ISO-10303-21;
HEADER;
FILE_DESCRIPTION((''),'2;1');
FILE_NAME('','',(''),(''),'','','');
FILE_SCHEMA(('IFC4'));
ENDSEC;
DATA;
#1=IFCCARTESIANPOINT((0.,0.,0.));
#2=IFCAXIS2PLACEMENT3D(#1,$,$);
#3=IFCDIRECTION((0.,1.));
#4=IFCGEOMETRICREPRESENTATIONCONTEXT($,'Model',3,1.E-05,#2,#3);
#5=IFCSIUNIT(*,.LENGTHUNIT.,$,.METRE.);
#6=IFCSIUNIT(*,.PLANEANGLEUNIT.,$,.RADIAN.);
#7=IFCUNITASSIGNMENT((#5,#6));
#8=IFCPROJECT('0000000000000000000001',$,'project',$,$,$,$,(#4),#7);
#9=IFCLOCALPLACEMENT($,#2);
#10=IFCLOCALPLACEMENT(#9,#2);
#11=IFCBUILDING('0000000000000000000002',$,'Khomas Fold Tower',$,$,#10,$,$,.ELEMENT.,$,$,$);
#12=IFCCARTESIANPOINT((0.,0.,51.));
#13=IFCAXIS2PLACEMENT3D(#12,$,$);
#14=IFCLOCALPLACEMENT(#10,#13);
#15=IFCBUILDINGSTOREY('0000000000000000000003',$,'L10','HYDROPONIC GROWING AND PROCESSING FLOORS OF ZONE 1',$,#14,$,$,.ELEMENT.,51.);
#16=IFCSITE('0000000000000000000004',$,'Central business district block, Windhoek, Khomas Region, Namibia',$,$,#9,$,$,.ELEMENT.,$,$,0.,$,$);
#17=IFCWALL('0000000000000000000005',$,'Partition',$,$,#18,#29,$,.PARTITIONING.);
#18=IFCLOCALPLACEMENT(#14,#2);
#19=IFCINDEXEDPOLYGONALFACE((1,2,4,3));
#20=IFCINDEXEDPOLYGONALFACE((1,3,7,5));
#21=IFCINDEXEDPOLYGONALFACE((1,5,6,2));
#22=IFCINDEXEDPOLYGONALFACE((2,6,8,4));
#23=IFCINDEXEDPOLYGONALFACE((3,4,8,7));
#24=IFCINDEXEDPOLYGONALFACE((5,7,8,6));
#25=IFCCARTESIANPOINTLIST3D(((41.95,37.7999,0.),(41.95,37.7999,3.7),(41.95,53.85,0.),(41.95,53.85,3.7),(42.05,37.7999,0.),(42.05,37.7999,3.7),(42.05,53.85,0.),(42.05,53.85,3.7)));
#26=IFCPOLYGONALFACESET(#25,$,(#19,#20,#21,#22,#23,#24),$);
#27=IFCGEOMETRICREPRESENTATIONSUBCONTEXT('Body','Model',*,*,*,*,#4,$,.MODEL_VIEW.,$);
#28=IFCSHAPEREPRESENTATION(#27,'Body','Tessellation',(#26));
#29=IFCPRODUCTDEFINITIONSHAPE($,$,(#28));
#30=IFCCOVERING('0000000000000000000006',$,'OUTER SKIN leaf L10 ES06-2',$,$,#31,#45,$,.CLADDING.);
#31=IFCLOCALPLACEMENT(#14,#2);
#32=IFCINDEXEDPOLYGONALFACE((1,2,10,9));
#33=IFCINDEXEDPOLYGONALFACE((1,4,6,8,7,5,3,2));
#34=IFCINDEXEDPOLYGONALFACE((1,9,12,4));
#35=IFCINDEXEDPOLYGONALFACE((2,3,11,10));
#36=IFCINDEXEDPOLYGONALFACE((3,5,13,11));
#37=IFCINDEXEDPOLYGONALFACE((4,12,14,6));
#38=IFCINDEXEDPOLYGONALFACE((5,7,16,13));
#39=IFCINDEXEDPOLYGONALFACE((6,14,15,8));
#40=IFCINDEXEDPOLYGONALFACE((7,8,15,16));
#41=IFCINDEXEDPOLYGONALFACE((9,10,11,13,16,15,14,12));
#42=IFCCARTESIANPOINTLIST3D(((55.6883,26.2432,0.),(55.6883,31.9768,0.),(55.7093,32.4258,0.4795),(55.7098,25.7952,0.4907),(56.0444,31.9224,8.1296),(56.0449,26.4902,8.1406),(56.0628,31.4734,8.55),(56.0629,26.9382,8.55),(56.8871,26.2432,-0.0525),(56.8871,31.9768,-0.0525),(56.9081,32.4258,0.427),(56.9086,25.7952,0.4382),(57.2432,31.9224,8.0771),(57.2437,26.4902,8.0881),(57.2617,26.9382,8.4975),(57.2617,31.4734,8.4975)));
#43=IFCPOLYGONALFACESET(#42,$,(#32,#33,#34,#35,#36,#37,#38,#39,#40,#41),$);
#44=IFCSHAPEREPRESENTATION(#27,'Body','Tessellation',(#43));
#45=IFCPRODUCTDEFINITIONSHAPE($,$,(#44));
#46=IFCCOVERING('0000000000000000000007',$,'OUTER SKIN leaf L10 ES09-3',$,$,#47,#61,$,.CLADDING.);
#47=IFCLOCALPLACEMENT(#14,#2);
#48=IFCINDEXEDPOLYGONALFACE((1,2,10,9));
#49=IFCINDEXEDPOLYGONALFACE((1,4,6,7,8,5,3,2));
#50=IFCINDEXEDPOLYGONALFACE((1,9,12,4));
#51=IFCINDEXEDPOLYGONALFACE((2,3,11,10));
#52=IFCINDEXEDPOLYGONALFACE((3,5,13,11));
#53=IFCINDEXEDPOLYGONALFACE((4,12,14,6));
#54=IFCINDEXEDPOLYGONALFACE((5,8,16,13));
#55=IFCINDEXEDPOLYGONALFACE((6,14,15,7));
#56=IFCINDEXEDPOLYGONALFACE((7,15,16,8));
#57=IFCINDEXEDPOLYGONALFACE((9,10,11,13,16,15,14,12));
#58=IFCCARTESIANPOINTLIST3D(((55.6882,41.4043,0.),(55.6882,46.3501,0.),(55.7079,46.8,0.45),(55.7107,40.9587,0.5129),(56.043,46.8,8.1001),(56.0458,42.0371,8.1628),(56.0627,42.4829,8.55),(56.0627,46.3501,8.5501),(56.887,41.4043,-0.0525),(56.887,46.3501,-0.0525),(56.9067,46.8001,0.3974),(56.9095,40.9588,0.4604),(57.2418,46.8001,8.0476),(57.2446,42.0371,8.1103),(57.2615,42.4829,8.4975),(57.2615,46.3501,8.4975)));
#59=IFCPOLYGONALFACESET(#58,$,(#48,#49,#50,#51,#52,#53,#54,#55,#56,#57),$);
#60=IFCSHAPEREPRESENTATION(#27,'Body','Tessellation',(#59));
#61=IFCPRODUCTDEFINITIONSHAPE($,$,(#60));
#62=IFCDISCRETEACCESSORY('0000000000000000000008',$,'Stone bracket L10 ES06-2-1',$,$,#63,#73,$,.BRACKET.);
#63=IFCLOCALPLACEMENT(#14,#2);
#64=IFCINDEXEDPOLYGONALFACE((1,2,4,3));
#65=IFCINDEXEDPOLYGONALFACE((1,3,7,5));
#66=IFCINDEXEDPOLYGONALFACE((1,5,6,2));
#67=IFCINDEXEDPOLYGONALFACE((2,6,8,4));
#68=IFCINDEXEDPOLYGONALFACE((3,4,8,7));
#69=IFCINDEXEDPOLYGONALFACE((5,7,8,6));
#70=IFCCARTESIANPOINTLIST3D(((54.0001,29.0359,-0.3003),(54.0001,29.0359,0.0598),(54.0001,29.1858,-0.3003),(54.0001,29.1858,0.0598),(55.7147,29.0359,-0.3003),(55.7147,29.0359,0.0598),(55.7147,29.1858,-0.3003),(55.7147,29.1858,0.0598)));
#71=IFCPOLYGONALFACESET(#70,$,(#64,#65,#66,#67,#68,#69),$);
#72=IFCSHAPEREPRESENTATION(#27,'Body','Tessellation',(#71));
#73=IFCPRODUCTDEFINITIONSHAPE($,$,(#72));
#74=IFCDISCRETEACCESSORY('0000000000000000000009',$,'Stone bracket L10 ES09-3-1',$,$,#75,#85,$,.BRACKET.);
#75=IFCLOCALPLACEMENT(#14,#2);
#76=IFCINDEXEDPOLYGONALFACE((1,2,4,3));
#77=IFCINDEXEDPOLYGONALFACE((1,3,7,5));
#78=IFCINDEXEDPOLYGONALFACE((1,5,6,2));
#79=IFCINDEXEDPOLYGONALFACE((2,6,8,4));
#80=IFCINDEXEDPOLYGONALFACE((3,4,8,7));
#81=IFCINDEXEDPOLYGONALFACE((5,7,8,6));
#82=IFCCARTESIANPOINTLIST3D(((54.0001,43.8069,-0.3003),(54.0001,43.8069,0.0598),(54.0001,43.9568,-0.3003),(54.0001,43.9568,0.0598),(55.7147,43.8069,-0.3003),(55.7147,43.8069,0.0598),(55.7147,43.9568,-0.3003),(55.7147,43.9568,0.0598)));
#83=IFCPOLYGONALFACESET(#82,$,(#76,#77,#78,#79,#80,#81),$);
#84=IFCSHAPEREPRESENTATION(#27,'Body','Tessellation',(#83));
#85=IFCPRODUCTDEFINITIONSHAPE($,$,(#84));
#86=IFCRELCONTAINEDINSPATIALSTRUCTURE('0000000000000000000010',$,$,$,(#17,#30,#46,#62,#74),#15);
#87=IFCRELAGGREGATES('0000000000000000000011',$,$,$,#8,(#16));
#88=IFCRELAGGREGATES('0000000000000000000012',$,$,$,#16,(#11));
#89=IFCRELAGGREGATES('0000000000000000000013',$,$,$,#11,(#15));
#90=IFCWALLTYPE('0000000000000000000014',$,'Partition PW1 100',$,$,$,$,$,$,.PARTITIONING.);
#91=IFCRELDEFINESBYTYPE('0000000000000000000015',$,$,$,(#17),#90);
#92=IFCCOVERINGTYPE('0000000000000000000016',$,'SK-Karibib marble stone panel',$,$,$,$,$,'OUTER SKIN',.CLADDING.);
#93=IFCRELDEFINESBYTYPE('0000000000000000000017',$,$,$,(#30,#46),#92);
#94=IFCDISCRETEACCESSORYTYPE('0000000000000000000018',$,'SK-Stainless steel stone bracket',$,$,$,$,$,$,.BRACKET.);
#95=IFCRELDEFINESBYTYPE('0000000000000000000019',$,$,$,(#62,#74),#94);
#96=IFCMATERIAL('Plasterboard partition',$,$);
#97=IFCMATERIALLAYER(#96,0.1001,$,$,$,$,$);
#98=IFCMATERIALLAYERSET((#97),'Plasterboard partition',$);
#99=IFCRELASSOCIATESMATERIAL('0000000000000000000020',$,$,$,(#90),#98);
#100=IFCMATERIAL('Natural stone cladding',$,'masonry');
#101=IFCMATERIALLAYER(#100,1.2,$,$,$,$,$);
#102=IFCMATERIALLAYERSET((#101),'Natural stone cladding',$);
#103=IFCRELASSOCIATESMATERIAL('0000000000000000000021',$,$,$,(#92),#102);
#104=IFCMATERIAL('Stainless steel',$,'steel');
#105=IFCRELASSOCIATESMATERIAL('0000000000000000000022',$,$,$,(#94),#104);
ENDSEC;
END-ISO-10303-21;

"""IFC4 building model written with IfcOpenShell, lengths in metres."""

from ifc_helpers import new_model, si_unit, direction, frame, frame_2d, origin, origin_2d, place, context, subcontext, project, spatial, polyline, rectangle, outline, extrude, source, transform, mapped, material, layer, layer_set, type_object, element, save


model = new_model("IFC4")

# Units and contexts
model_context = context("Model", 3, precision=1e-05, world=origin(), true_north=direction((0.0, 1.0)))
body_context = subcontext(model_context, "Body", "Model", "MODEL_VIEW")
ifc_project = project(units=[si_unit("LENGTHUNIT", "METRE"), si_unit("PLANEANGLEUNIT", "RADIAN")], contexts=[model_context])

# Site, building, storey
site_placement = place(None, origin())
site = spatial("IfcSite", under=ifc_project, at=site_placement, Name="Central business district block, Windhoek, Khomas Region, Namibia", CompositionType="ELEMENT", RefElevation=0.0)
building_placement = place(site_placement, origin())
building = spatial("IfcBuilding", under=site, at=building_placement, Name="Khomas Fold Tower", CompositionType="ELEMENT")
storey_placement = place(building_placement, frame((0.0, 0.0, 51.0)))
storey = spatial("IfcBuildingStorey", under=building, at=storey_placement, Name="L10", Description="HYDROPONIC GROWING AND PROCESSING FLOORS OF ZONE 1", CompositionType="ELEMENT", Elevation=51.0)

# Wall
ifc_material_1 = material(Name="Plasterboard partition")
ifc_layer_1 = layer(ifc_material_1, 0.1001)
ifc_layer_set_1 = layer_set([ifc_layer_1], Name="Plasterboard partition")
wall_type = type_object("IfcWallType", Name="Partition PW1 100", PredefinedType="PARTITIONING", material=ifc_layer_set_1)
shared_shape_1 = source(origin(), body_context, "Body", "SweptSolid", [
    extrude(rectangle(XDim=16.05, YDim=0.1001, at=frame_2d((8.0249, 0.0))), origin(), (0.0, 0.0, 1.0), 3.7),
])
wall_placement = place(storey_placement, frame((42.0, 37.8, 0.0), z_axis=(0.0, 0.0, 1.0), x_axis=(0.0, 1.0, 0.0)))
element("IfcWall", 1, at=wall_placement, inside=storey, type_object=wall_type, Name="Partition", PredefinedType="PARTITIONING", context=body_context, shape_type="MappedRepresentation", body=[
    mapped(shared_shape_1, transform((0.0, 0.0, 0.0))),
])

# Coverings
ifc_material_2 = material(Name="Natural stone cladding", Category="masonry")
ifc_layer_2 = layer(ifc_material_2, 1.2)
ifc_layer_set_2 = layer_set([ifc_layer_2], Name="Natural stone cladding")
covering_type = type_object("IfcCoveringType", Name="SK-Karibib marble stone panel", ElementType="OUTER SKIN", PredefinedType="CLADDING", material=ifc_layer_set_2)
covering_1_placement = place(storey_placement, frame((56.0444, 31.9224, 8.1296), z_axis=(-0.999042, 0.0, 0.043763), x_axis=(-0.043668, 0.0656, -0.99689)))
element("IfcCovering", 2, at=covering_1_placement, inside=storey, type_object=covering_type, Name="OUTER SKIN leaf L10 ES06-2", PredefinedType="CLADDING", context=body_context, shape_type="SweptSolid", body=[
    extrude(outline(polyline([(0.0, 0.0), (7.674, 0.0), (8.1235, 0.4795), (7.7474, 6.2008), (7.2278, 6.6156), (-0.3673, 5.4197), (-0.7469, 4.9458), (-0.4494, 0.4204), (0.0, 0.0)])), origin(), (0.0, 0.0, -1.0), 1.2),
])
covering_2_placement = place(storey_placement, frame((56.043, 46.8, 8.1001), z_axis=(-0.999042, -0.00001, 0.043762), x_axis=(-0.043762, 0.0, -0.999042)))
element("IfcCovering", 3, at=covering_2_placement, inside=storey, type_object=covering_type, Name="OUTER SKIN leaf L10 ES09-3", PredefinedType="CLADDING", context=body_context, shape_type="SweptSolid", body=[
    extrude(outline(polyline([(0.0, 0.0), (7.6575, 0.0), (8.1079, 0.45), (8.1079, 5.3958), (7.5944, 5.8413), (-0.0628, 4.7629), (-0.4504, 4.3171), (-0.4504, 0.45), (0.0, 0.0)])), origin(), (0.0, 0.0, -1.0), 1.2),
])

# Discrete accessories
ifc_material_3 = material(Name="Stainless steel", Category="steel")
discrete_accessory_type = type_object("IfcDiscreteAccessoryType", Name="SK-Stainless steel stone bracket", PredefinedType="BRACKET", material=ifc_material_3)
shared_shape_2 = source(origin(), body_context, "Body", "SweptSolid", [
    extrude(rectangle(XDim=1.7146, YDim=0.1499, at=origin_2d()), origin(), (0.0, 0.0, 1.0), 0.3601),
])
for number, where, z_axis, x_axis, name in (
    (4, (54.8574, 29.1108, -0.3003), (0.0, 0.0, 1.0), (1.0, 0.0, 0.0), "Stone bracket L10 ES06-2-1"),
    (5, (54.8574, 43.8818, -0.3003), (0.0, 0.0, 1.0), (1.0, 0.0, 0.0), "Stone bracket L10 ES09-3-1"),
):
    element("IfcDiscreteAccessory", number, at=place(storey_placement, frame(where, z_axis=z_axis, x_axis=x_axis)), inside=storey, type_object=discrete_accessory_type, Name=name, PredefinedType="BRACKET", context=body_context, shape_type="MappedRepresentation", body=[
        mapped(shared_shape_2, transform((0.0, 0.0, 0.0))),
    ])

save(model, "model.ifc")
